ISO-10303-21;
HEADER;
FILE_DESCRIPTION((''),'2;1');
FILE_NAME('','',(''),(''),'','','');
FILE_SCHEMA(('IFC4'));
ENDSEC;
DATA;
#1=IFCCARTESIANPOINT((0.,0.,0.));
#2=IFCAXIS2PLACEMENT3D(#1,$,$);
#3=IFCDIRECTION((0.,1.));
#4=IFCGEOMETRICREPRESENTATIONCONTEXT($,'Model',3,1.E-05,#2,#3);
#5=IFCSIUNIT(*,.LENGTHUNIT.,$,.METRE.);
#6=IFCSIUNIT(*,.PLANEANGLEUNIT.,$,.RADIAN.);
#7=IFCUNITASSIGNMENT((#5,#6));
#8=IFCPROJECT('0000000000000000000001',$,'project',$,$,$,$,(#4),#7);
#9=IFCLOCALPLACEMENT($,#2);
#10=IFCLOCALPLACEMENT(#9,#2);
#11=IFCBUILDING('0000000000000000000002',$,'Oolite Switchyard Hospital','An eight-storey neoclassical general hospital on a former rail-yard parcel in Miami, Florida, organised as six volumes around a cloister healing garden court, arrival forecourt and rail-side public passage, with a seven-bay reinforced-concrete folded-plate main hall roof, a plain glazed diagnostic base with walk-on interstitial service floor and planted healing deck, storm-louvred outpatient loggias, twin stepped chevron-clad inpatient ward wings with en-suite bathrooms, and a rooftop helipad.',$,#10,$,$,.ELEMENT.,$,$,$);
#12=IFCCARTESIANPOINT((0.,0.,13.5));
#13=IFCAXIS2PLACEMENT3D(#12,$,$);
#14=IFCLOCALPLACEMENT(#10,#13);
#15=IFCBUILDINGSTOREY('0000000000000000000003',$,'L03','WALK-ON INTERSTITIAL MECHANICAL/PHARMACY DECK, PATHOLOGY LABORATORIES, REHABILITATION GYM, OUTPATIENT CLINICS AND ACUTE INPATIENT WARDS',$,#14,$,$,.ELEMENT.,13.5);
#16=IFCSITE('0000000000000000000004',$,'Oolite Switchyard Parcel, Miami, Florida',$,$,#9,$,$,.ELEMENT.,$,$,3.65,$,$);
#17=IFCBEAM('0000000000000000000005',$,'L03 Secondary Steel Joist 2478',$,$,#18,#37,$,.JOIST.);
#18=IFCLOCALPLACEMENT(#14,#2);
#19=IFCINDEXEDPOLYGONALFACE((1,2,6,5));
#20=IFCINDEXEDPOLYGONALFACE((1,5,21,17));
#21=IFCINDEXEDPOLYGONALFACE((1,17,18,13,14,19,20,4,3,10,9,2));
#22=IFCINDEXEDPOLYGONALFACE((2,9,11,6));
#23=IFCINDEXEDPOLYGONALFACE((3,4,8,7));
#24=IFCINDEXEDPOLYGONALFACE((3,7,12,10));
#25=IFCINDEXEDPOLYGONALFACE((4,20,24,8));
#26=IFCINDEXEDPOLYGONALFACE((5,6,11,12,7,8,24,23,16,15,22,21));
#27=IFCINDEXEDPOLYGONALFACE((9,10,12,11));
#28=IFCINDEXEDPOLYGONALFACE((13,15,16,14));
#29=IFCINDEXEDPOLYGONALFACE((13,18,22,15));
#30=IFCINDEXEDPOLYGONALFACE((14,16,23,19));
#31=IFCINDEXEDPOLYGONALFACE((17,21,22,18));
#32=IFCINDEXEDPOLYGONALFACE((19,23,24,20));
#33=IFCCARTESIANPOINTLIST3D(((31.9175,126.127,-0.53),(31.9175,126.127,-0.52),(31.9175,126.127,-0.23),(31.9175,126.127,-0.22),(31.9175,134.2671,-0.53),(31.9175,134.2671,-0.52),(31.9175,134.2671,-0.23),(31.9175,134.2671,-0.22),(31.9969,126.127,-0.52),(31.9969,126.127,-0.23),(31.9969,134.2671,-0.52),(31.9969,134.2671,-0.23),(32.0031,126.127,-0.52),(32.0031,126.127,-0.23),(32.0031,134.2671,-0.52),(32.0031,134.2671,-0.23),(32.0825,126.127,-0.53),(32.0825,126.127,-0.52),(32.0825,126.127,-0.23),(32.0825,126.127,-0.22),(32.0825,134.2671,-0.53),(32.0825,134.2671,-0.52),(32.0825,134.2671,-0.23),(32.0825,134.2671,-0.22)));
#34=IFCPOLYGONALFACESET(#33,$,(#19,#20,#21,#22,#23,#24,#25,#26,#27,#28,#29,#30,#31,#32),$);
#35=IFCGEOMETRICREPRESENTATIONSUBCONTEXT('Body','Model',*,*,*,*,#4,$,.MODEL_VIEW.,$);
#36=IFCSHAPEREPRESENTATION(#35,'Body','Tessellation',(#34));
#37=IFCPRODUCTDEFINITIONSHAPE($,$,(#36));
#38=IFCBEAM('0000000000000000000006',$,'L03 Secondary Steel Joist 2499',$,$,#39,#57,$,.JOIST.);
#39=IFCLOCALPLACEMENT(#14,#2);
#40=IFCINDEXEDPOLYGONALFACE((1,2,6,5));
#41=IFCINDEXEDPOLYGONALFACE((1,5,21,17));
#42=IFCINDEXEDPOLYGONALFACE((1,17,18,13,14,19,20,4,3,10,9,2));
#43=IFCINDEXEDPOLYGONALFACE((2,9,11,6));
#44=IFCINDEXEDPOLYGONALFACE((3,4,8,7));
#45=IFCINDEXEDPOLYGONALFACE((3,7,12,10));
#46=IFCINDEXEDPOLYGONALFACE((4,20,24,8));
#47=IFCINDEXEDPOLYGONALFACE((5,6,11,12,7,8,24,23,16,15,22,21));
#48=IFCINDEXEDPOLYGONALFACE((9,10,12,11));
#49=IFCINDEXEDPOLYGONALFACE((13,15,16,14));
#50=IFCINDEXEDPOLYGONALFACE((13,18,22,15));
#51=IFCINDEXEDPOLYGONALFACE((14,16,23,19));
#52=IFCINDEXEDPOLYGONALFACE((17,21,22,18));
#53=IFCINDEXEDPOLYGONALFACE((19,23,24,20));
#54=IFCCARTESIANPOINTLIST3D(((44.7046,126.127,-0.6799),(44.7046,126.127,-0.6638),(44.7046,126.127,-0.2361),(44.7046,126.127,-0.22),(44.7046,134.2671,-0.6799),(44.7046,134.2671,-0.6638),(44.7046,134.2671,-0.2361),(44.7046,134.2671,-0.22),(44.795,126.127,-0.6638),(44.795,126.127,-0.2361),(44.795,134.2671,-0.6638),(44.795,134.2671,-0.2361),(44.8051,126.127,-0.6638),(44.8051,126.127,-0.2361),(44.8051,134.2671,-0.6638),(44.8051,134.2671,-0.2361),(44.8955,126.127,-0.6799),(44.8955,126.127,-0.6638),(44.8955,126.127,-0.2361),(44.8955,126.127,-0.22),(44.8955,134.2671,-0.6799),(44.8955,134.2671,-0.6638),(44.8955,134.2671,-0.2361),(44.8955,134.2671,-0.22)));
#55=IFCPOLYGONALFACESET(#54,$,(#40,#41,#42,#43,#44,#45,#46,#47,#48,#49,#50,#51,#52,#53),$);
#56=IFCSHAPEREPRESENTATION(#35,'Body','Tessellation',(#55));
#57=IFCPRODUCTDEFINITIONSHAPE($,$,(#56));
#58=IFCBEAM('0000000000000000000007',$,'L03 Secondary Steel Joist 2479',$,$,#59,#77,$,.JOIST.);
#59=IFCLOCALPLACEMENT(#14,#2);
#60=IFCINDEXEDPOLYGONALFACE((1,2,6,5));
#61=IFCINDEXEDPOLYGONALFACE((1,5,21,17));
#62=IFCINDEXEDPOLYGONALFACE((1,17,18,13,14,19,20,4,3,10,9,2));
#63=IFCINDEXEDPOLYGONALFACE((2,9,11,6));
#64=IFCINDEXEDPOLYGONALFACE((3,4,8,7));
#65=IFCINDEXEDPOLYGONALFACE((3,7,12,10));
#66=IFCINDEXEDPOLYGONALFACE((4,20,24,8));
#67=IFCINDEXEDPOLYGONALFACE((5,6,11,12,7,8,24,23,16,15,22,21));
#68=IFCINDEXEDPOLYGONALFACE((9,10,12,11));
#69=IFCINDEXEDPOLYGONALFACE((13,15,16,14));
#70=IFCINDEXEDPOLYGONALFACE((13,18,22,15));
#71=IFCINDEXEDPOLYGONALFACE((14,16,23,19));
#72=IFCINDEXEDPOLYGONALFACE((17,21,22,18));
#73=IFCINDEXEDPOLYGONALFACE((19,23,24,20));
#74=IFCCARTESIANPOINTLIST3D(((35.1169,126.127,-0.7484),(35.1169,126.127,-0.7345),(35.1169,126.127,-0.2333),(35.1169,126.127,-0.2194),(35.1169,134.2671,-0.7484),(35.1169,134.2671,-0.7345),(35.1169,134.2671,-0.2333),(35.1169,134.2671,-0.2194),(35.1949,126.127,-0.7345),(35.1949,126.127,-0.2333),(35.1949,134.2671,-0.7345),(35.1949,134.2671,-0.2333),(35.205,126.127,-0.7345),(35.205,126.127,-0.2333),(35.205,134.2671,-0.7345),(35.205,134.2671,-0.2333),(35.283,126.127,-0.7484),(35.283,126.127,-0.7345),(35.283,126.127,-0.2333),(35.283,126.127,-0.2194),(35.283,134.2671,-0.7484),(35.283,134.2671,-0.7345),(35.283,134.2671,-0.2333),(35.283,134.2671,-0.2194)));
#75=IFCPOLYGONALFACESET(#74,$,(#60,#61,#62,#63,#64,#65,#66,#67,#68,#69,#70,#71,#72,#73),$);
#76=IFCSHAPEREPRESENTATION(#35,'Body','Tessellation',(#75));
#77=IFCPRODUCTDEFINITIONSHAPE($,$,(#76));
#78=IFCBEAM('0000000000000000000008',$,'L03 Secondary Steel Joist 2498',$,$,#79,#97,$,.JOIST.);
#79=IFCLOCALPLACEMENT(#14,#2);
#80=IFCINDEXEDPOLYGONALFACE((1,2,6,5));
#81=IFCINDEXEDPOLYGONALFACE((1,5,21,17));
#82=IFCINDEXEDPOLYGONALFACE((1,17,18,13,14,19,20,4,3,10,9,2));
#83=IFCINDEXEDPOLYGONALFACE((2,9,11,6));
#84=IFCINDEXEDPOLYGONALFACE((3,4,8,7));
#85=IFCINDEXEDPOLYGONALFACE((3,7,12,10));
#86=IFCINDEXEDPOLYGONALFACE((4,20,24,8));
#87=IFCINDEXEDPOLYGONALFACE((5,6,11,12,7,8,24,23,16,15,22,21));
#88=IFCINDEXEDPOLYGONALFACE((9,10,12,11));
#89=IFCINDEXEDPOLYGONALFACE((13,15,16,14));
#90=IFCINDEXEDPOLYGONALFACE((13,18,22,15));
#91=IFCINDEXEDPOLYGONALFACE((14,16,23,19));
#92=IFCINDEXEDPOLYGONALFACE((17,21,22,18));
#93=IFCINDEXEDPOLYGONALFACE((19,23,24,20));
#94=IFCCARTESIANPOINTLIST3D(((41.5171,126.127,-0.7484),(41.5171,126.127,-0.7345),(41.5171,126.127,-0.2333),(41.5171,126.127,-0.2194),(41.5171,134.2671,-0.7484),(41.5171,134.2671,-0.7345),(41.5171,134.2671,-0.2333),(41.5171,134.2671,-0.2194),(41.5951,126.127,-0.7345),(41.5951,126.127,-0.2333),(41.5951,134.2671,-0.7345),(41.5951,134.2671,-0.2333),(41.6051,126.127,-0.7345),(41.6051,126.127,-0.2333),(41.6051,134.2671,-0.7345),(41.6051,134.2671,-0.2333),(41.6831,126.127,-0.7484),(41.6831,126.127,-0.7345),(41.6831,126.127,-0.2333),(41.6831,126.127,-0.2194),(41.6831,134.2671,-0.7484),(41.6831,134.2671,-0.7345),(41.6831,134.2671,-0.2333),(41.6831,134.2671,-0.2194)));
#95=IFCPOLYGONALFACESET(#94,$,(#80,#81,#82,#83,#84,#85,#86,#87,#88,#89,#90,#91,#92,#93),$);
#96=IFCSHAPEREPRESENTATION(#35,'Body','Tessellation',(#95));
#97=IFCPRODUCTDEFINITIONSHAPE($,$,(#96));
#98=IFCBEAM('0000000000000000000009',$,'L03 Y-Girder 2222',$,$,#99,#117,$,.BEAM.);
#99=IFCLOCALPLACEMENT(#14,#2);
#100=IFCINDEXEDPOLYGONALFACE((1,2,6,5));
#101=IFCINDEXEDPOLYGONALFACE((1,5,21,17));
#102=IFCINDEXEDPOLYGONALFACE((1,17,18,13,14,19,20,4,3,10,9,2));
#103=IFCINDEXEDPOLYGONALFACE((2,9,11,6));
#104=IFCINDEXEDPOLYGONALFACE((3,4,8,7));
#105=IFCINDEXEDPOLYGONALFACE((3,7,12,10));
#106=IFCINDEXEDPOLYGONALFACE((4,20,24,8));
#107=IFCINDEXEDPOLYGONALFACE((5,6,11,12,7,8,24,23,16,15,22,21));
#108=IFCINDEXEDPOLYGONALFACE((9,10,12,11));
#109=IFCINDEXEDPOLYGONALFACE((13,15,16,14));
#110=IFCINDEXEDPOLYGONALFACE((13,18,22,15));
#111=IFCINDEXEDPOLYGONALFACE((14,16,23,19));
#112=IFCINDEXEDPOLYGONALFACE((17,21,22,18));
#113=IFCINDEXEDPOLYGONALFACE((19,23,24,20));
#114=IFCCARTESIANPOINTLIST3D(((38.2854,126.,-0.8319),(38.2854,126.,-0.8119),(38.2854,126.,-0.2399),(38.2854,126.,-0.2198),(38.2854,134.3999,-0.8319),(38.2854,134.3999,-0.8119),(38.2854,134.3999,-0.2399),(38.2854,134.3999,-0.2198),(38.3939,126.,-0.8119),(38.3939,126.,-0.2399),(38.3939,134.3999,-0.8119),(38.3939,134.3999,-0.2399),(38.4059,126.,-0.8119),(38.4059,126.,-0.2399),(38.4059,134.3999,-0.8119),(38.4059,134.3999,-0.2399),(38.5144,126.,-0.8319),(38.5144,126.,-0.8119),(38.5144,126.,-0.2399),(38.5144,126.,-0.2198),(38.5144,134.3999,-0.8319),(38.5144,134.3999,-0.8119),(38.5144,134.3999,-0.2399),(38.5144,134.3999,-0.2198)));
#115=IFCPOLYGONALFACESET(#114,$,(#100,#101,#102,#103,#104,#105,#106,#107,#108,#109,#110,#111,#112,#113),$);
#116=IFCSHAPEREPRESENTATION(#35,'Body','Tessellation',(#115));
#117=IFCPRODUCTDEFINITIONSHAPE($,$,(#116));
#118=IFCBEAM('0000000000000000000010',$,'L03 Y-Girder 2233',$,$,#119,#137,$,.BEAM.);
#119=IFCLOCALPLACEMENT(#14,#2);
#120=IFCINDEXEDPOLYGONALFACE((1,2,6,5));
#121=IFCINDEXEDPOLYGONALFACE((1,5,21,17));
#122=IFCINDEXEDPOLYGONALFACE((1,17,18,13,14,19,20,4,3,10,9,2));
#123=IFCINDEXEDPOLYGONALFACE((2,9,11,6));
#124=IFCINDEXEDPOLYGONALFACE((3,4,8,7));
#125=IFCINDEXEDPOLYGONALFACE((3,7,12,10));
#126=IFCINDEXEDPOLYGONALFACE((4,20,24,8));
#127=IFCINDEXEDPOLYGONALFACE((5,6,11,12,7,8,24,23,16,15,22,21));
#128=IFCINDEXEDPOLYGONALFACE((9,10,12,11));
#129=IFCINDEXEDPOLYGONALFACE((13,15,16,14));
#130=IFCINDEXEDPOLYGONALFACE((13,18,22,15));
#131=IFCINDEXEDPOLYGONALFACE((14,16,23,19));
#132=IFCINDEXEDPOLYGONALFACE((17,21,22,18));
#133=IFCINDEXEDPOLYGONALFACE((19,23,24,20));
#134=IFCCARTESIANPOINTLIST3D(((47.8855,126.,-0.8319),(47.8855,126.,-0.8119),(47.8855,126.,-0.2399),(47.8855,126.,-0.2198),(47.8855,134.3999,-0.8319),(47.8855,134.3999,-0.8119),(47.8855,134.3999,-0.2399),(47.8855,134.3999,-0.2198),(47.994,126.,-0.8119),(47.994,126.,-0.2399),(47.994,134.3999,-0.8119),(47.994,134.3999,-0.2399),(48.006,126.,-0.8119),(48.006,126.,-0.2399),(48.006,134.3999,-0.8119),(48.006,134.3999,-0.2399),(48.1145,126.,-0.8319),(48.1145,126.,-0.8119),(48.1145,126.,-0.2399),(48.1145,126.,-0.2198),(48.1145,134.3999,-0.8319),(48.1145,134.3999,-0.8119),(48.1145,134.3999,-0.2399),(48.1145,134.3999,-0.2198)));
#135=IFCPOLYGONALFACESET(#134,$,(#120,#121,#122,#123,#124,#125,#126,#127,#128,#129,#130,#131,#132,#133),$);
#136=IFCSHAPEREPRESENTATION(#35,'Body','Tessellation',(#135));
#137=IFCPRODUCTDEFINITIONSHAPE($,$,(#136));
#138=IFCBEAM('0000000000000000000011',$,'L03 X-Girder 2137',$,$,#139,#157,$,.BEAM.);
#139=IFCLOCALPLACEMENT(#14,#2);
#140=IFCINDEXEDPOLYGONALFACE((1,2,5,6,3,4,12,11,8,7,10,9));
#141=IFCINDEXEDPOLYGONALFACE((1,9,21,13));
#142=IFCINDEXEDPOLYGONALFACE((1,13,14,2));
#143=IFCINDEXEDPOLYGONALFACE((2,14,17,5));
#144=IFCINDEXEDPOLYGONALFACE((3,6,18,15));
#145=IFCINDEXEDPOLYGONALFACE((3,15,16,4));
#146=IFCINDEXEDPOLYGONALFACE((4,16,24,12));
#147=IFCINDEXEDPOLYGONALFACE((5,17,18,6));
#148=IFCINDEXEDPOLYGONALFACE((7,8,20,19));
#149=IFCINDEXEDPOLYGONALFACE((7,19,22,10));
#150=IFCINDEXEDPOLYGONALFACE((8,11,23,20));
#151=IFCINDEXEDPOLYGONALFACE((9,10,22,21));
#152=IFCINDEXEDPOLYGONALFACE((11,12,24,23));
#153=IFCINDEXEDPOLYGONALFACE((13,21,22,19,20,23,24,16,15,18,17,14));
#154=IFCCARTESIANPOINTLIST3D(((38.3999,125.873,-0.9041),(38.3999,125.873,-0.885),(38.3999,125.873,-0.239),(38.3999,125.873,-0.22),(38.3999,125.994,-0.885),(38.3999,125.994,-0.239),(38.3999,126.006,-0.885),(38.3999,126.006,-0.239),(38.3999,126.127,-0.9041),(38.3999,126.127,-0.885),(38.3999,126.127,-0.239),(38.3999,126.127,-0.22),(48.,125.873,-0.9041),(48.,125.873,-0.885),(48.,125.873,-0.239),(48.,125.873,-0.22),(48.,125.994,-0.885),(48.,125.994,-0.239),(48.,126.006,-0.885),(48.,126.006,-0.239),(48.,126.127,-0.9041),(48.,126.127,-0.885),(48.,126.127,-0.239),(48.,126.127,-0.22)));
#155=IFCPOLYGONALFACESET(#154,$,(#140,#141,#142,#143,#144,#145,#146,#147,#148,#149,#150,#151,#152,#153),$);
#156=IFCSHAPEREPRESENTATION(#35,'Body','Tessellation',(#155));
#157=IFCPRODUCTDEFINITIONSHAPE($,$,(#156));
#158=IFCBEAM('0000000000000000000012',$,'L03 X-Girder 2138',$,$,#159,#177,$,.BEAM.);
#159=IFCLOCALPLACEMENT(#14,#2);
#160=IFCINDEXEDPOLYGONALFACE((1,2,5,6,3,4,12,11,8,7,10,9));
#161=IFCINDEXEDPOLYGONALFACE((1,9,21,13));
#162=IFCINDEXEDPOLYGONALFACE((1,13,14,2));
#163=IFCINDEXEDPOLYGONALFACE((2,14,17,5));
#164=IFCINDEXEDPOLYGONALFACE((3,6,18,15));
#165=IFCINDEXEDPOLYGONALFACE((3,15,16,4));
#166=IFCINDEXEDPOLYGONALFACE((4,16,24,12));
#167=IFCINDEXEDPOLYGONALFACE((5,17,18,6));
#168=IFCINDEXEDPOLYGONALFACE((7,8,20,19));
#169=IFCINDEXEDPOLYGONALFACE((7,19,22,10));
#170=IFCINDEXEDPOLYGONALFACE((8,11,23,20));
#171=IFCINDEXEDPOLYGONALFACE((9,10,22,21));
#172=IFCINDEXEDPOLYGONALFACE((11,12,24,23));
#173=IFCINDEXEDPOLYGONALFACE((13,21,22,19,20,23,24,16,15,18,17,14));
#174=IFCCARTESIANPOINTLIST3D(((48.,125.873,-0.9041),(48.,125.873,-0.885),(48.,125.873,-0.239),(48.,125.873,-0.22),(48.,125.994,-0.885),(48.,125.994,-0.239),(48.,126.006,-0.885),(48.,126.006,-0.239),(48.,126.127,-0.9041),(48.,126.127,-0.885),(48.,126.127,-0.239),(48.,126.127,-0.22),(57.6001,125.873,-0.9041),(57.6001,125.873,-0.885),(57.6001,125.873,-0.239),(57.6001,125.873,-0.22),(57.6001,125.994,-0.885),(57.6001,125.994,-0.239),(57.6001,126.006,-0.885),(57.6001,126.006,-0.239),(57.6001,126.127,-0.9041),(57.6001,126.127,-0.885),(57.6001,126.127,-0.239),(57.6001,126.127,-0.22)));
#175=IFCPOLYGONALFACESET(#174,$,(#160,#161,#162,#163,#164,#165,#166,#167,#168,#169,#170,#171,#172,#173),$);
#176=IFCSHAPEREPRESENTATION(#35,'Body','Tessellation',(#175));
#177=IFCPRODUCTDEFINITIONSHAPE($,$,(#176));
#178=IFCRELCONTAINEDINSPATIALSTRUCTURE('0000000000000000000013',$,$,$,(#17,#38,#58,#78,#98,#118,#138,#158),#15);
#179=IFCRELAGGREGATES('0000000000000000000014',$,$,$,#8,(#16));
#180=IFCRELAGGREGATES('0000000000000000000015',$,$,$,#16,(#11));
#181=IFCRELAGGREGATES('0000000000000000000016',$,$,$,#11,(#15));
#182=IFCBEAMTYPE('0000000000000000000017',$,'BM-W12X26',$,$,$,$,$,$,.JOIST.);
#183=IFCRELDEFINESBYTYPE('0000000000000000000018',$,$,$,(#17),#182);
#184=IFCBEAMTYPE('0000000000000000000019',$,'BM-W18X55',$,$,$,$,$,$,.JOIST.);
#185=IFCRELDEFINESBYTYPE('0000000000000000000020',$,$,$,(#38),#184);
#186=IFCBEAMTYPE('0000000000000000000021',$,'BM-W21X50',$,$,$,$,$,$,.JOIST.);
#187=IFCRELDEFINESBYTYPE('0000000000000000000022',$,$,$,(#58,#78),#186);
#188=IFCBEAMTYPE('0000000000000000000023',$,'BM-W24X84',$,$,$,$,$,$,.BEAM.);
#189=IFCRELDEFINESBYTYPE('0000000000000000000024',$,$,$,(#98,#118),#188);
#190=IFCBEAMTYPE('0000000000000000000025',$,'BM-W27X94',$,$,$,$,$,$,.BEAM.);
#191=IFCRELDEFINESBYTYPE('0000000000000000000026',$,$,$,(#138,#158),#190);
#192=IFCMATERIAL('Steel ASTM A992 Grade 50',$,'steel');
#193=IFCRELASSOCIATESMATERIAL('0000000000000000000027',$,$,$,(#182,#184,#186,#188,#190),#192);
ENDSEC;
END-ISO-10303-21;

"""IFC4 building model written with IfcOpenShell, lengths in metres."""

from ifc_helpers import new_model, si_unit, direction, frame, origin, origin_2d, place, context, subcontext, project, spatial, i_section, extrude, material, material_profile, profile_set, type_object, element, save


model = new_model("IFC4")

# Units and contexts
model_context = context("Model", 3, precision=1e-05, world=origin(), true_north=direction((0.0, 1.0)))
body_context = subcontext(model_context, "Body", "Model", "MODEL_VIEW")
ifc_project = project(units=[si_unit("LENGTHUNIT", "METRE"), si_unit("PLANEANGLEUNIT", "RADIAN")], contexts=[model_context])

# Site, building, storey
site_placement = place(None, origin())
site = spatial("IfcSite", under=ifc_project, at=site_placement, Name="Oolite Switchyard Parcel, Miami, Florida", CompositionType="ELEMENT", RefElevation=3.65)
building_placement = place(site_placement, origin())
building = spatial("IfcBuilding", under=site, at=building_placement, Name="Oolite Switchyard Hospital", Description="An eight-storey neoclassical general hospital on a former rail-yard parcel in Miami, Florida, organised as six volumes around a cloister healing garden court, arrival forecourt and rail-side public passage, with a seven-bay reinforced-concrete folded-plate main hall roof, a plain glazed diagnostic base with walk-on interstitial service floor and planted healing deck, storm-louvred outpatient loggias, twin stepped chevron-clad inpatient ward wings with en-suite bathrooms, and a rooftop helipad.", CompositionType="ELEMENT")
storey_placement = place(building_placement, frame((0.0, 0.0, 13.5)))
storey = spatial("IfcBuildingStorey", under=building, at=storey_placement, Name="L03", Description="WALK-ON INTERSTITIAL MECHANICAL/PHARMACY DECK, PATHOLOGY LABORATORIES, REHABILITATION GYM, OUTPATIENT CLINICS AND ACUTE INPATIENT WARDS", CompositionType="ELEMENT", Elevation=13.5)

# Beams
ifc_material_1 = material(Name="Steel ASTM A992 Grade 50", Category="steel")
ifc_material_profile_1 = material_profile(ifc_material_1, i_section(OverallWidth=0.165, OverallDepth=0.3101, WebThickness=0.0061, FlangeThickness=0.01, at=origin_2d()), Name="W12X26")
ifc_profile_set_1 = profile_set([ifc_material_profile_1], Name="Steel ASTM A992 Grade 50")
beam_type_1 = type_object("IfcBeamType", Name="BM-W12X26", PredefinedType="JOIST", material=ifc_profile_set_1)
beam_1_placement = place(storey_placement, frame((32.0, 126.127, -0.375), z_axis=(0.0, 1.0, 0.0), x_axis=(-1.0, 0.0, 0.0)))
element("IfcBeam", 1, at=beam_1_placement, inside=storey, type_object=beam_type_1, Name="L03 Secondary Steel Joist 2478", PredefinedType="JOIST", context=body_context, shape_type="SweptSolid", body=[
    extrude(i_section(OverallWidth=0.165, OverallDepth=0.3101, WebThickness=0.0061, FlangeThickness=0.01, at=origin_2d()), origin(), (0.0, 0.0, 1.0), 8.1401),
])
ifc_material_profile_2 = material_profile(ifc_material_1, i_section(OverallWidth=0.1909, OverallDepth=0.46, WebThickness=0.01, FlangeThickness=0.0161, at=origin_2d()), Name="W18X55")
ifc_profile_set_2 = profile_set([ifc_material_profile_2], Name="Steel ASTM A992 Grade 50")
beam_type_2 = type_object("IfcBeamType", Name="BM-W18X55", PredefinedType="JOIST", material=ifc_profile_set_2)
beam_2_placement = place(storey_placement, frame((44.8, 126.127, -0.45), z_axis=(0.0, 1.0, 0.0), x_axis=(-1.0, 0.0, 0.0)))
element("IfcBeam", 2, at=beam_2_placement, inside=storey, type_object=beam_type_2, Name="L03 Secondary Steel Joist 2499", PredefinedType="JOIST", context=body_context, shape_type="SweptSolid", body=[
    extrude(i_section(OverallWidth=0.1909, OverallDepth=0.46, WebThickness=0.01, FlangeThickness=0.0161, at=origin_2d()), origin(), (0.0, 0.0, 1.0), 8.1401),
])
ifc_material_profile_3 = material_profile(ifc_material_1, i_section(OverallWidth=0.166, OverallDepth=0.5291, WebThickness=0.01, FlangeThickness=0.0139, at=origin_2d()), Name="W21X50")
ifc_profile_set_3 = profile_set([ifc_material_profile_3], Name="Steel ASTM A992 Grade 50")
beam_type_3 = type_object("IfcBeamType", Name="BM-W21X50", PredefinedType="JOIST", material=ifc_profile_set_3)
for number, where, z_axis, x_axis, name in (
    (3, (35.2, 126.127, -0.4839), (0.0, 1.0, 0.0), (-1.0, 0.0, 0.0), "L03 Secondary Steel Joist 2479"),
    (4, (41.6001, 126.127, -0.4839), (0.0, 1.0, 0.0), (-1.0, 0.0, 0.0), "L03 Secondary Steel Joist 2498"),
):
    element("IfcBeam", number, at=place(storey_placement, frame(where, z_axis=z_axis, x_axis=x_axis)), inside=storey, type_object=beam_type_3, Name=name, PredefinedType="JOIST", context=body_context, shape_type="SweptSolid", body=[
        extrude(i_section(OverallWidth=0.166, OverallDepth=0.5291, WebThickness=0.01, FlangeThickness=0.0139, at=origin_2d()), origin(), (0.0, 0.0, 1.0), 8.1401),
    ])
ifc_material_profile_4 = material_profile(ifc_material_1, i_section(OverallWidth=0.229, OverallDepth=0.6121, WebThickness=0.012, FlangeThickness=0.02, at=origin_2d()), Name="W24X84")
ifc_profile_set_4 = profile_set([ifc_material_profile_4], Name="Steel ASTM A992 Grade 50")
beam_type_4 = type_object("IfcBeamType", Name="BM-W24X84", PredefinedType="BEAM", material=ifc_profile_set_4)
for number, where, z_axis, x_axis, name in (
    (5, (38.3999, 126.0, -0.5259), (0.0, 1.0, 0.0), (-1.0, 0.0, 0.0), "L03 Y-Girder 2222"),
    (6, (48.0, 126.0, -0.5259), (0.0, 1.0, 0.0), (-1.0, 0.0, 0.0), "L03 Y-Girder 2233"),
):
    element("IfcBeam", number, at=place(storey_placement, frame(where, z_axis=z_axis, x_axis=x_axis)), inside=storey, type_object=beam_type_4, Name=name, PredefinedType="BEAM", context=body_context, shape_type="SweptSolid", body=[
        extrude(i_section(OverallWidth=0.229, OverallDepth=0.6121, WebThickness=0.012, FlangeThickness=0.02, at=origin_2d()), origin(), (0.0, 0.0, 1.0), 8.3999),
    ])
ifc_material_profile_5 = material_profile(ifc_material_1, i_section(OverallWidth=0.2539, OverallDepth=0.6841, WebThickness=0.012, FlangeThickness=0.019, at=origin_2d()), Name="W27X94")
ifc_profile_set_5 = profile_set([ifc_material_profile_5], Name="Steel ASTM A992 Grade 50")
beam_type_5 = type_object("IfcBeamType", Name="BM-W27X94", PredefinedType="BEAM", material=ifc_profile_set_5)
for number, where, z_axis, x_axis, name in (
    (7, (38.3999, 126.0, -0.562), (1.0, 0.0, 0.0), (0.0, 1.0, 0.0), "L03 X-Girder 2137"),
    (8, (48.0, 126.0, -0.562), (1.0, 0.0, 0.0), (0.0, 1.0, 0.0), "L03 X-Girder 2138"),
):
    element("IfcBeam", number, at=place(storey_placement, frame(where, z_axis=z_axis, x_axis=x_axis)), inside=storey, type_object=beam_type_5, Name=name, PredefinedType="BEAM", context=body_context, shape_type="SweptSolid", body=[
        extrude(i_section(OverallWidth=0.2539, OverallDepth=0.6841, WebThickness=0.012, FlangeThickness=0.019, at=origin_2d()), origin(), (0.0, 0.0, 1.0), 9.6001),
    ])

save(model, "model.ifc")
